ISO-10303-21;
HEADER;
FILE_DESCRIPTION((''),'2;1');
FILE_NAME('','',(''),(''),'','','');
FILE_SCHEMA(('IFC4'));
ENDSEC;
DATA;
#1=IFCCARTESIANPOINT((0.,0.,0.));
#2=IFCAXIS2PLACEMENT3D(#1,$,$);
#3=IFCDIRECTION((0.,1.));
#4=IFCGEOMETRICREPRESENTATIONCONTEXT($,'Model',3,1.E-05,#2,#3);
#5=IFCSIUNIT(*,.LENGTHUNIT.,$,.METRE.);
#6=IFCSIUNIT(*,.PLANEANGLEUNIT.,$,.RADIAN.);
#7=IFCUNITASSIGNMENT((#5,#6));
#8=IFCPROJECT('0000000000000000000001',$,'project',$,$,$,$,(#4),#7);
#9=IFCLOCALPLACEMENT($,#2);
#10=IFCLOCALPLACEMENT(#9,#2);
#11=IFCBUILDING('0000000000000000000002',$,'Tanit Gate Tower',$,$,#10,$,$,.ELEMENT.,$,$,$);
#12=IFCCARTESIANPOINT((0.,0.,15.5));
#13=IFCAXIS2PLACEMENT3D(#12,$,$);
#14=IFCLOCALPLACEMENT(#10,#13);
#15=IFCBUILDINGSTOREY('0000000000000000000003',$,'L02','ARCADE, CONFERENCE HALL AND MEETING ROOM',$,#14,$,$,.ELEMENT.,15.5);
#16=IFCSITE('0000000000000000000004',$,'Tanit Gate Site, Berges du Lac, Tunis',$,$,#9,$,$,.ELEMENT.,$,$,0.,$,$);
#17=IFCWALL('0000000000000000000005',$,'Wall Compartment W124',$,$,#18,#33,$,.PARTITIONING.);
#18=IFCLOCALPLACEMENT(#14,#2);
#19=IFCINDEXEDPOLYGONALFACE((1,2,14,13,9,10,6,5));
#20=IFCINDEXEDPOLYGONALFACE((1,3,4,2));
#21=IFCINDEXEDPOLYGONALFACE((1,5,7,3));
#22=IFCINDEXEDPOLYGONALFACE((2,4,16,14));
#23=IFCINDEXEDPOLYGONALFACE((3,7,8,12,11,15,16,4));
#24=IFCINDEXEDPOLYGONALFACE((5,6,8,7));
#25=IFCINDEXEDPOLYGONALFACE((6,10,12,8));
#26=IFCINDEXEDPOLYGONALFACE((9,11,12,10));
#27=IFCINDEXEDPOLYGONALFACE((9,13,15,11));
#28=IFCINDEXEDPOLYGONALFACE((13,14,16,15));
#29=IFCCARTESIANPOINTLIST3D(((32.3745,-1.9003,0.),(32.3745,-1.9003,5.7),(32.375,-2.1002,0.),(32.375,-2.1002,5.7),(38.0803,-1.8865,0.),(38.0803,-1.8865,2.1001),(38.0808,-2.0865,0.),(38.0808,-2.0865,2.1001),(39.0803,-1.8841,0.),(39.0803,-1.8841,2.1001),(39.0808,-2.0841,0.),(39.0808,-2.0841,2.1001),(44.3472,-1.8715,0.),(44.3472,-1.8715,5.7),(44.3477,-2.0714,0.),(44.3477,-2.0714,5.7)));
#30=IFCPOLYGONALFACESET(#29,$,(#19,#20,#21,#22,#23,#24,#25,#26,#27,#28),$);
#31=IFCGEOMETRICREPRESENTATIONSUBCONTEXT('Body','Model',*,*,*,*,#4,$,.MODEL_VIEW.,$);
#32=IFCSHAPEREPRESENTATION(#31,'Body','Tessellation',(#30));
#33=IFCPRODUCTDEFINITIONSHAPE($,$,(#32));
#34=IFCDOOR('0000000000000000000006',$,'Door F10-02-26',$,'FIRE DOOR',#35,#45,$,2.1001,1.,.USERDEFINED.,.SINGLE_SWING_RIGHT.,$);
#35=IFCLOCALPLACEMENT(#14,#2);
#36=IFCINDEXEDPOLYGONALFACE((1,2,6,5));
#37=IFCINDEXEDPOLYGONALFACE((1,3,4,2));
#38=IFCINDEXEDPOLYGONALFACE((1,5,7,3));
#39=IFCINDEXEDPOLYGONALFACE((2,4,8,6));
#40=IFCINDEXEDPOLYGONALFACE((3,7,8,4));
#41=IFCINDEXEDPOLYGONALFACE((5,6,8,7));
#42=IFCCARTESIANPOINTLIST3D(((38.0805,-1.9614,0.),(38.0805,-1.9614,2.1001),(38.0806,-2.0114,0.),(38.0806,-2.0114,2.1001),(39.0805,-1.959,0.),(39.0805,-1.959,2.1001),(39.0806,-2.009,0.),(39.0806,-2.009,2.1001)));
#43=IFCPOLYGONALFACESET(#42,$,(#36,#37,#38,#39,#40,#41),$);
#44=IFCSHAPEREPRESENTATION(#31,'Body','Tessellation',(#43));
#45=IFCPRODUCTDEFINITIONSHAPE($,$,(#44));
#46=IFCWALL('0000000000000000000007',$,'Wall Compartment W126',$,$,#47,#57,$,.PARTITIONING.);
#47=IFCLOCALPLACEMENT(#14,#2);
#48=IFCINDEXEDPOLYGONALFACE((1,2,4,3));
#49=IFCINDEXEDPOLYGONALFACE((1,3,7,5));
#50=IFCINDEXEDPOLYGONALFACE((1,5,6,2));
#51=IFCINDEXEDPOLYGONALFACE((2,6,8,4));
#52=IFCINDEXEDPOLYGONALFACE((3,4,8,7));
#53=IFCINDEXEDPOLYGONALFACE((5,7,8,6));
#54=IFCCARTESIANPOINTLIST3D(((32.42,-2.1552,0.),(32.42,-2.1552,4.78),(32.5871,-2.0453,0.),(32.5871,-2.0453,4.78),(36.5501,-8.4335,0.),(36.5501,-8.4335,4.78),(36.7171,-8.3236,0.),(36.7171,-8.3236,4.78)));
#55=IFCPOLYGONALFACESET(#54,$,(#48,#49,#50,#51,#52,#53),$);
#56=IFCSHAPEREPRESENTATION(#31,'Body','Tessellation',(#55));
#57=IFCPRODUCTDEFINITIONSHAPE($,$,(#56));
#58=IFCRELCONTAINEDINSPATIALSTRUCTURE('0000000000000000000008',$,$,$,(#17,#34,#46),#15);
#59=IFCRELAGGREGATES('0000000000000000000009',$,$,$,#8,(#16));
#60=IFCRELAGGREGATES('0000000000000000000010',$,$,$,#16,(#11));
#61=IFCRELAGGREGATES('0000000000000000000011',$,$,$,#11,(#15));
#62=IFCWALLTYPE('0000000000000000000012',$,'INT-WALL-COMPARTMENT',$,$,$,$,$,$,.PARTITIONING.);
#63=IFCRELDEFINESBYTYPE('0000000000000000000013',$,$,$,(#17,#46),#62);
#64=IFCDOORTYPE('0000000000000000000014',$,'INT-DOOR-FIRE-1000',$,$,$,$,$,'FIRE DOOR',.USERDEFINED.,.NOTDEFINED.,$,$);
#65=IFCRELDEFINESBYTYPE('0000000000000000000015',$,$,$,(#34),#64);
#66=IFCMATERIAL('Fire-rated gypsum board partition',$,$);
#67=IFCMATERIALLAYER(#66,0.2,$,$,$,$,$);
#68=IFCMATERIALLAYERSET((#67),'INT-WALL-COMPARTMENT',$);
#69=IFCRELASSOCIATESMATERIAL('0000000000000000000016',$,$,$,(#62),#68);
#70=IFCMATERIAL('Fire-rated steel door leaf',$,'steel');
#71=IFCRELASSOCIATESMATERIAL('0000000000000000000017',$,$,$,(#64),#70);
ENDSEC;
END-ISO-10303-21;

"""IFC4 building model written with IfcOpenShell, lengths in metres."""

from ifc_helpers import new_model, si_unit, direction, frame, frame_2d, origin, place, context, subcontext, project, spatial, rectangle, extrude, material, layer, layer_set, type_object, element, fill, save


model = new_model("IFC4")

# Units and contexts
model_context = context("Model", 3, precision=1e-05, world=origin(), true_north=direction((0.0, 1.0)))
body_context = subcontext(model_context, "Body", "Model", "MODEL_VIEW")
ifc_project = project(units=[si_unit("LENGTHUNIT", "METRE"), si_unit("PLANEANGLEUNIT", "RADIAN")], contexts=[model_context])

# Site, building, storey
site_placement = place(None, origin())
site = spatial("IfcSite", under=ifc_project, at=site_placement, Name="Tanit Gate Site, Berges du Lac, Tunis", CompositionType="ELEMENT", RefElevation=0.0)
building_placement = place(site_placement, origin())
building = spatial("IfcBuilding", under=site, at=building_placement, Name="Tanit Gate Tower", CompositionType="ELEMENT")
storey_placement = place(building_placement, frame((0.0, 0.0, 15.5)))
storey = spatial("IfcBuildingStorey", under=building, at=storey_placement, Name="L02", Description="ARCADE, CONFERENCE HALL AND MEETING ROOM", CompositionType="ELEMENT", Elevation=15.5)

# Shared definitions
ifc_material_1 = material(Name="Fire-rated gypsum board partition")
ifc_layer_1 = layer(ifc_material_1, 0.2)
ifc_layer_set_1 = layer_set([ifc_layer_1], Name="INT-WALL-COMPARTMENT")
wall_type_1 = type_object("IfcWallType", Name="INT-WALL-COMPARTMENT", PredefinedType="PARTITIONING", material=ifc_layer_set_1)
ifc_material_2 = material(Name="Fire-rated steel door leaf", Category="steel")
door_type = type_object("IfcDoorType", Name="INT-DOOR-FIRE-1000", ElementType="FIRE DOOR", OperationType="NOTDEFINED", PredefinedType="USERDEFINED", material=ifc_material_2)

# Wall, opening, door
wall_1_placement = place(storey_placement, frame((44.3474, -1.9714, 0.0), z_axis=(0.0, 0.0, 1.0), x_axis=(-0.999997, -0.002406, 0.0)))
wall_1 = element("IfcWall", 1, at=wall_1_placement, inside=storey, type_object=wall_type_1, Name="Wall Compartment W124", PredefinedType="PARTITIONING", context=body_context, shape_type="SweptSolid", body=[
    extrude(rectangle(XDim=11.9727, YDim=0.2, at=frame_2d((5.9863, 0.0))), origin(), (0.0, 0.0, 1.0), 5.7),
])
opening_1_placement = place(wall_1_placement, frame((5.2668, 0.0, 0.0)))
opening_1 = element("IfcOpeningElement", 2, at=opening_1_placement, cuts=wall_1, PredefinedType="OPENING", context=body_context, shape_type="SweptSolid", body=[
    extrude(rectangle(XDim=1.0, YDim=2.1001, at=frame_2d((0.5, 1.05))), frame((0.0, 0.1099, 0.0), z_axis=(0.0, -1.0, 0.0), x_axis=(1.0, 0.0, 0.0)), (0.0, 0.0, 1.0), 0.22),
])
door_1_placement = place(opening_1_placement, origin())
door_1 = element("IfcDoor", 3, at=door_1_placement, inside=storey, type_object=door_type, Name="Door F10-02-26", ObjectType="FIRE DOOR", OperationType="SINGLE_SWING_RIGHT", OverallHeight=2.1001, OverallWidth=1.0, PredefinedType="USERDEFINED", context=body_context, shape_type="SweptSolid", body=[
    extrude(rectangle(XDim=1.0, YDim=2.1001, at=frame_2d((0.5, 1.05))), frame((0.0, 0.0249, 0.0), z_axis=(0.0, -1.0, 0.0), x_axis=(1.0, 0.0, 0.0)), (0.0, 0.0, 1.0), 0.05),
])
fill(opening_1, door_1)

# Wall
wall_2_placement = place(storey_placement, frame((36.6335, -8.3784, 0.0), z_axis=(0.0, 0.0, 1.0), x_axis=(-0.549584, 0.835438, 0.0)))
element("IfcWall", 4, at=wall_2_placement, inside=storey, type_object=wall_type_1, Name="Wall Compartment W126", PredefinedType="PARTITIONING", context=body_context, shape_type="SweptSolid", body=[
    extrude(rectangle(XDim=7.5149, YDim=0.2, at=frame_2d((3.7573, 0.0))), origin(), (0.0, 0.0, 1.0), 4.78),
])

save(model, "model.ifc")
